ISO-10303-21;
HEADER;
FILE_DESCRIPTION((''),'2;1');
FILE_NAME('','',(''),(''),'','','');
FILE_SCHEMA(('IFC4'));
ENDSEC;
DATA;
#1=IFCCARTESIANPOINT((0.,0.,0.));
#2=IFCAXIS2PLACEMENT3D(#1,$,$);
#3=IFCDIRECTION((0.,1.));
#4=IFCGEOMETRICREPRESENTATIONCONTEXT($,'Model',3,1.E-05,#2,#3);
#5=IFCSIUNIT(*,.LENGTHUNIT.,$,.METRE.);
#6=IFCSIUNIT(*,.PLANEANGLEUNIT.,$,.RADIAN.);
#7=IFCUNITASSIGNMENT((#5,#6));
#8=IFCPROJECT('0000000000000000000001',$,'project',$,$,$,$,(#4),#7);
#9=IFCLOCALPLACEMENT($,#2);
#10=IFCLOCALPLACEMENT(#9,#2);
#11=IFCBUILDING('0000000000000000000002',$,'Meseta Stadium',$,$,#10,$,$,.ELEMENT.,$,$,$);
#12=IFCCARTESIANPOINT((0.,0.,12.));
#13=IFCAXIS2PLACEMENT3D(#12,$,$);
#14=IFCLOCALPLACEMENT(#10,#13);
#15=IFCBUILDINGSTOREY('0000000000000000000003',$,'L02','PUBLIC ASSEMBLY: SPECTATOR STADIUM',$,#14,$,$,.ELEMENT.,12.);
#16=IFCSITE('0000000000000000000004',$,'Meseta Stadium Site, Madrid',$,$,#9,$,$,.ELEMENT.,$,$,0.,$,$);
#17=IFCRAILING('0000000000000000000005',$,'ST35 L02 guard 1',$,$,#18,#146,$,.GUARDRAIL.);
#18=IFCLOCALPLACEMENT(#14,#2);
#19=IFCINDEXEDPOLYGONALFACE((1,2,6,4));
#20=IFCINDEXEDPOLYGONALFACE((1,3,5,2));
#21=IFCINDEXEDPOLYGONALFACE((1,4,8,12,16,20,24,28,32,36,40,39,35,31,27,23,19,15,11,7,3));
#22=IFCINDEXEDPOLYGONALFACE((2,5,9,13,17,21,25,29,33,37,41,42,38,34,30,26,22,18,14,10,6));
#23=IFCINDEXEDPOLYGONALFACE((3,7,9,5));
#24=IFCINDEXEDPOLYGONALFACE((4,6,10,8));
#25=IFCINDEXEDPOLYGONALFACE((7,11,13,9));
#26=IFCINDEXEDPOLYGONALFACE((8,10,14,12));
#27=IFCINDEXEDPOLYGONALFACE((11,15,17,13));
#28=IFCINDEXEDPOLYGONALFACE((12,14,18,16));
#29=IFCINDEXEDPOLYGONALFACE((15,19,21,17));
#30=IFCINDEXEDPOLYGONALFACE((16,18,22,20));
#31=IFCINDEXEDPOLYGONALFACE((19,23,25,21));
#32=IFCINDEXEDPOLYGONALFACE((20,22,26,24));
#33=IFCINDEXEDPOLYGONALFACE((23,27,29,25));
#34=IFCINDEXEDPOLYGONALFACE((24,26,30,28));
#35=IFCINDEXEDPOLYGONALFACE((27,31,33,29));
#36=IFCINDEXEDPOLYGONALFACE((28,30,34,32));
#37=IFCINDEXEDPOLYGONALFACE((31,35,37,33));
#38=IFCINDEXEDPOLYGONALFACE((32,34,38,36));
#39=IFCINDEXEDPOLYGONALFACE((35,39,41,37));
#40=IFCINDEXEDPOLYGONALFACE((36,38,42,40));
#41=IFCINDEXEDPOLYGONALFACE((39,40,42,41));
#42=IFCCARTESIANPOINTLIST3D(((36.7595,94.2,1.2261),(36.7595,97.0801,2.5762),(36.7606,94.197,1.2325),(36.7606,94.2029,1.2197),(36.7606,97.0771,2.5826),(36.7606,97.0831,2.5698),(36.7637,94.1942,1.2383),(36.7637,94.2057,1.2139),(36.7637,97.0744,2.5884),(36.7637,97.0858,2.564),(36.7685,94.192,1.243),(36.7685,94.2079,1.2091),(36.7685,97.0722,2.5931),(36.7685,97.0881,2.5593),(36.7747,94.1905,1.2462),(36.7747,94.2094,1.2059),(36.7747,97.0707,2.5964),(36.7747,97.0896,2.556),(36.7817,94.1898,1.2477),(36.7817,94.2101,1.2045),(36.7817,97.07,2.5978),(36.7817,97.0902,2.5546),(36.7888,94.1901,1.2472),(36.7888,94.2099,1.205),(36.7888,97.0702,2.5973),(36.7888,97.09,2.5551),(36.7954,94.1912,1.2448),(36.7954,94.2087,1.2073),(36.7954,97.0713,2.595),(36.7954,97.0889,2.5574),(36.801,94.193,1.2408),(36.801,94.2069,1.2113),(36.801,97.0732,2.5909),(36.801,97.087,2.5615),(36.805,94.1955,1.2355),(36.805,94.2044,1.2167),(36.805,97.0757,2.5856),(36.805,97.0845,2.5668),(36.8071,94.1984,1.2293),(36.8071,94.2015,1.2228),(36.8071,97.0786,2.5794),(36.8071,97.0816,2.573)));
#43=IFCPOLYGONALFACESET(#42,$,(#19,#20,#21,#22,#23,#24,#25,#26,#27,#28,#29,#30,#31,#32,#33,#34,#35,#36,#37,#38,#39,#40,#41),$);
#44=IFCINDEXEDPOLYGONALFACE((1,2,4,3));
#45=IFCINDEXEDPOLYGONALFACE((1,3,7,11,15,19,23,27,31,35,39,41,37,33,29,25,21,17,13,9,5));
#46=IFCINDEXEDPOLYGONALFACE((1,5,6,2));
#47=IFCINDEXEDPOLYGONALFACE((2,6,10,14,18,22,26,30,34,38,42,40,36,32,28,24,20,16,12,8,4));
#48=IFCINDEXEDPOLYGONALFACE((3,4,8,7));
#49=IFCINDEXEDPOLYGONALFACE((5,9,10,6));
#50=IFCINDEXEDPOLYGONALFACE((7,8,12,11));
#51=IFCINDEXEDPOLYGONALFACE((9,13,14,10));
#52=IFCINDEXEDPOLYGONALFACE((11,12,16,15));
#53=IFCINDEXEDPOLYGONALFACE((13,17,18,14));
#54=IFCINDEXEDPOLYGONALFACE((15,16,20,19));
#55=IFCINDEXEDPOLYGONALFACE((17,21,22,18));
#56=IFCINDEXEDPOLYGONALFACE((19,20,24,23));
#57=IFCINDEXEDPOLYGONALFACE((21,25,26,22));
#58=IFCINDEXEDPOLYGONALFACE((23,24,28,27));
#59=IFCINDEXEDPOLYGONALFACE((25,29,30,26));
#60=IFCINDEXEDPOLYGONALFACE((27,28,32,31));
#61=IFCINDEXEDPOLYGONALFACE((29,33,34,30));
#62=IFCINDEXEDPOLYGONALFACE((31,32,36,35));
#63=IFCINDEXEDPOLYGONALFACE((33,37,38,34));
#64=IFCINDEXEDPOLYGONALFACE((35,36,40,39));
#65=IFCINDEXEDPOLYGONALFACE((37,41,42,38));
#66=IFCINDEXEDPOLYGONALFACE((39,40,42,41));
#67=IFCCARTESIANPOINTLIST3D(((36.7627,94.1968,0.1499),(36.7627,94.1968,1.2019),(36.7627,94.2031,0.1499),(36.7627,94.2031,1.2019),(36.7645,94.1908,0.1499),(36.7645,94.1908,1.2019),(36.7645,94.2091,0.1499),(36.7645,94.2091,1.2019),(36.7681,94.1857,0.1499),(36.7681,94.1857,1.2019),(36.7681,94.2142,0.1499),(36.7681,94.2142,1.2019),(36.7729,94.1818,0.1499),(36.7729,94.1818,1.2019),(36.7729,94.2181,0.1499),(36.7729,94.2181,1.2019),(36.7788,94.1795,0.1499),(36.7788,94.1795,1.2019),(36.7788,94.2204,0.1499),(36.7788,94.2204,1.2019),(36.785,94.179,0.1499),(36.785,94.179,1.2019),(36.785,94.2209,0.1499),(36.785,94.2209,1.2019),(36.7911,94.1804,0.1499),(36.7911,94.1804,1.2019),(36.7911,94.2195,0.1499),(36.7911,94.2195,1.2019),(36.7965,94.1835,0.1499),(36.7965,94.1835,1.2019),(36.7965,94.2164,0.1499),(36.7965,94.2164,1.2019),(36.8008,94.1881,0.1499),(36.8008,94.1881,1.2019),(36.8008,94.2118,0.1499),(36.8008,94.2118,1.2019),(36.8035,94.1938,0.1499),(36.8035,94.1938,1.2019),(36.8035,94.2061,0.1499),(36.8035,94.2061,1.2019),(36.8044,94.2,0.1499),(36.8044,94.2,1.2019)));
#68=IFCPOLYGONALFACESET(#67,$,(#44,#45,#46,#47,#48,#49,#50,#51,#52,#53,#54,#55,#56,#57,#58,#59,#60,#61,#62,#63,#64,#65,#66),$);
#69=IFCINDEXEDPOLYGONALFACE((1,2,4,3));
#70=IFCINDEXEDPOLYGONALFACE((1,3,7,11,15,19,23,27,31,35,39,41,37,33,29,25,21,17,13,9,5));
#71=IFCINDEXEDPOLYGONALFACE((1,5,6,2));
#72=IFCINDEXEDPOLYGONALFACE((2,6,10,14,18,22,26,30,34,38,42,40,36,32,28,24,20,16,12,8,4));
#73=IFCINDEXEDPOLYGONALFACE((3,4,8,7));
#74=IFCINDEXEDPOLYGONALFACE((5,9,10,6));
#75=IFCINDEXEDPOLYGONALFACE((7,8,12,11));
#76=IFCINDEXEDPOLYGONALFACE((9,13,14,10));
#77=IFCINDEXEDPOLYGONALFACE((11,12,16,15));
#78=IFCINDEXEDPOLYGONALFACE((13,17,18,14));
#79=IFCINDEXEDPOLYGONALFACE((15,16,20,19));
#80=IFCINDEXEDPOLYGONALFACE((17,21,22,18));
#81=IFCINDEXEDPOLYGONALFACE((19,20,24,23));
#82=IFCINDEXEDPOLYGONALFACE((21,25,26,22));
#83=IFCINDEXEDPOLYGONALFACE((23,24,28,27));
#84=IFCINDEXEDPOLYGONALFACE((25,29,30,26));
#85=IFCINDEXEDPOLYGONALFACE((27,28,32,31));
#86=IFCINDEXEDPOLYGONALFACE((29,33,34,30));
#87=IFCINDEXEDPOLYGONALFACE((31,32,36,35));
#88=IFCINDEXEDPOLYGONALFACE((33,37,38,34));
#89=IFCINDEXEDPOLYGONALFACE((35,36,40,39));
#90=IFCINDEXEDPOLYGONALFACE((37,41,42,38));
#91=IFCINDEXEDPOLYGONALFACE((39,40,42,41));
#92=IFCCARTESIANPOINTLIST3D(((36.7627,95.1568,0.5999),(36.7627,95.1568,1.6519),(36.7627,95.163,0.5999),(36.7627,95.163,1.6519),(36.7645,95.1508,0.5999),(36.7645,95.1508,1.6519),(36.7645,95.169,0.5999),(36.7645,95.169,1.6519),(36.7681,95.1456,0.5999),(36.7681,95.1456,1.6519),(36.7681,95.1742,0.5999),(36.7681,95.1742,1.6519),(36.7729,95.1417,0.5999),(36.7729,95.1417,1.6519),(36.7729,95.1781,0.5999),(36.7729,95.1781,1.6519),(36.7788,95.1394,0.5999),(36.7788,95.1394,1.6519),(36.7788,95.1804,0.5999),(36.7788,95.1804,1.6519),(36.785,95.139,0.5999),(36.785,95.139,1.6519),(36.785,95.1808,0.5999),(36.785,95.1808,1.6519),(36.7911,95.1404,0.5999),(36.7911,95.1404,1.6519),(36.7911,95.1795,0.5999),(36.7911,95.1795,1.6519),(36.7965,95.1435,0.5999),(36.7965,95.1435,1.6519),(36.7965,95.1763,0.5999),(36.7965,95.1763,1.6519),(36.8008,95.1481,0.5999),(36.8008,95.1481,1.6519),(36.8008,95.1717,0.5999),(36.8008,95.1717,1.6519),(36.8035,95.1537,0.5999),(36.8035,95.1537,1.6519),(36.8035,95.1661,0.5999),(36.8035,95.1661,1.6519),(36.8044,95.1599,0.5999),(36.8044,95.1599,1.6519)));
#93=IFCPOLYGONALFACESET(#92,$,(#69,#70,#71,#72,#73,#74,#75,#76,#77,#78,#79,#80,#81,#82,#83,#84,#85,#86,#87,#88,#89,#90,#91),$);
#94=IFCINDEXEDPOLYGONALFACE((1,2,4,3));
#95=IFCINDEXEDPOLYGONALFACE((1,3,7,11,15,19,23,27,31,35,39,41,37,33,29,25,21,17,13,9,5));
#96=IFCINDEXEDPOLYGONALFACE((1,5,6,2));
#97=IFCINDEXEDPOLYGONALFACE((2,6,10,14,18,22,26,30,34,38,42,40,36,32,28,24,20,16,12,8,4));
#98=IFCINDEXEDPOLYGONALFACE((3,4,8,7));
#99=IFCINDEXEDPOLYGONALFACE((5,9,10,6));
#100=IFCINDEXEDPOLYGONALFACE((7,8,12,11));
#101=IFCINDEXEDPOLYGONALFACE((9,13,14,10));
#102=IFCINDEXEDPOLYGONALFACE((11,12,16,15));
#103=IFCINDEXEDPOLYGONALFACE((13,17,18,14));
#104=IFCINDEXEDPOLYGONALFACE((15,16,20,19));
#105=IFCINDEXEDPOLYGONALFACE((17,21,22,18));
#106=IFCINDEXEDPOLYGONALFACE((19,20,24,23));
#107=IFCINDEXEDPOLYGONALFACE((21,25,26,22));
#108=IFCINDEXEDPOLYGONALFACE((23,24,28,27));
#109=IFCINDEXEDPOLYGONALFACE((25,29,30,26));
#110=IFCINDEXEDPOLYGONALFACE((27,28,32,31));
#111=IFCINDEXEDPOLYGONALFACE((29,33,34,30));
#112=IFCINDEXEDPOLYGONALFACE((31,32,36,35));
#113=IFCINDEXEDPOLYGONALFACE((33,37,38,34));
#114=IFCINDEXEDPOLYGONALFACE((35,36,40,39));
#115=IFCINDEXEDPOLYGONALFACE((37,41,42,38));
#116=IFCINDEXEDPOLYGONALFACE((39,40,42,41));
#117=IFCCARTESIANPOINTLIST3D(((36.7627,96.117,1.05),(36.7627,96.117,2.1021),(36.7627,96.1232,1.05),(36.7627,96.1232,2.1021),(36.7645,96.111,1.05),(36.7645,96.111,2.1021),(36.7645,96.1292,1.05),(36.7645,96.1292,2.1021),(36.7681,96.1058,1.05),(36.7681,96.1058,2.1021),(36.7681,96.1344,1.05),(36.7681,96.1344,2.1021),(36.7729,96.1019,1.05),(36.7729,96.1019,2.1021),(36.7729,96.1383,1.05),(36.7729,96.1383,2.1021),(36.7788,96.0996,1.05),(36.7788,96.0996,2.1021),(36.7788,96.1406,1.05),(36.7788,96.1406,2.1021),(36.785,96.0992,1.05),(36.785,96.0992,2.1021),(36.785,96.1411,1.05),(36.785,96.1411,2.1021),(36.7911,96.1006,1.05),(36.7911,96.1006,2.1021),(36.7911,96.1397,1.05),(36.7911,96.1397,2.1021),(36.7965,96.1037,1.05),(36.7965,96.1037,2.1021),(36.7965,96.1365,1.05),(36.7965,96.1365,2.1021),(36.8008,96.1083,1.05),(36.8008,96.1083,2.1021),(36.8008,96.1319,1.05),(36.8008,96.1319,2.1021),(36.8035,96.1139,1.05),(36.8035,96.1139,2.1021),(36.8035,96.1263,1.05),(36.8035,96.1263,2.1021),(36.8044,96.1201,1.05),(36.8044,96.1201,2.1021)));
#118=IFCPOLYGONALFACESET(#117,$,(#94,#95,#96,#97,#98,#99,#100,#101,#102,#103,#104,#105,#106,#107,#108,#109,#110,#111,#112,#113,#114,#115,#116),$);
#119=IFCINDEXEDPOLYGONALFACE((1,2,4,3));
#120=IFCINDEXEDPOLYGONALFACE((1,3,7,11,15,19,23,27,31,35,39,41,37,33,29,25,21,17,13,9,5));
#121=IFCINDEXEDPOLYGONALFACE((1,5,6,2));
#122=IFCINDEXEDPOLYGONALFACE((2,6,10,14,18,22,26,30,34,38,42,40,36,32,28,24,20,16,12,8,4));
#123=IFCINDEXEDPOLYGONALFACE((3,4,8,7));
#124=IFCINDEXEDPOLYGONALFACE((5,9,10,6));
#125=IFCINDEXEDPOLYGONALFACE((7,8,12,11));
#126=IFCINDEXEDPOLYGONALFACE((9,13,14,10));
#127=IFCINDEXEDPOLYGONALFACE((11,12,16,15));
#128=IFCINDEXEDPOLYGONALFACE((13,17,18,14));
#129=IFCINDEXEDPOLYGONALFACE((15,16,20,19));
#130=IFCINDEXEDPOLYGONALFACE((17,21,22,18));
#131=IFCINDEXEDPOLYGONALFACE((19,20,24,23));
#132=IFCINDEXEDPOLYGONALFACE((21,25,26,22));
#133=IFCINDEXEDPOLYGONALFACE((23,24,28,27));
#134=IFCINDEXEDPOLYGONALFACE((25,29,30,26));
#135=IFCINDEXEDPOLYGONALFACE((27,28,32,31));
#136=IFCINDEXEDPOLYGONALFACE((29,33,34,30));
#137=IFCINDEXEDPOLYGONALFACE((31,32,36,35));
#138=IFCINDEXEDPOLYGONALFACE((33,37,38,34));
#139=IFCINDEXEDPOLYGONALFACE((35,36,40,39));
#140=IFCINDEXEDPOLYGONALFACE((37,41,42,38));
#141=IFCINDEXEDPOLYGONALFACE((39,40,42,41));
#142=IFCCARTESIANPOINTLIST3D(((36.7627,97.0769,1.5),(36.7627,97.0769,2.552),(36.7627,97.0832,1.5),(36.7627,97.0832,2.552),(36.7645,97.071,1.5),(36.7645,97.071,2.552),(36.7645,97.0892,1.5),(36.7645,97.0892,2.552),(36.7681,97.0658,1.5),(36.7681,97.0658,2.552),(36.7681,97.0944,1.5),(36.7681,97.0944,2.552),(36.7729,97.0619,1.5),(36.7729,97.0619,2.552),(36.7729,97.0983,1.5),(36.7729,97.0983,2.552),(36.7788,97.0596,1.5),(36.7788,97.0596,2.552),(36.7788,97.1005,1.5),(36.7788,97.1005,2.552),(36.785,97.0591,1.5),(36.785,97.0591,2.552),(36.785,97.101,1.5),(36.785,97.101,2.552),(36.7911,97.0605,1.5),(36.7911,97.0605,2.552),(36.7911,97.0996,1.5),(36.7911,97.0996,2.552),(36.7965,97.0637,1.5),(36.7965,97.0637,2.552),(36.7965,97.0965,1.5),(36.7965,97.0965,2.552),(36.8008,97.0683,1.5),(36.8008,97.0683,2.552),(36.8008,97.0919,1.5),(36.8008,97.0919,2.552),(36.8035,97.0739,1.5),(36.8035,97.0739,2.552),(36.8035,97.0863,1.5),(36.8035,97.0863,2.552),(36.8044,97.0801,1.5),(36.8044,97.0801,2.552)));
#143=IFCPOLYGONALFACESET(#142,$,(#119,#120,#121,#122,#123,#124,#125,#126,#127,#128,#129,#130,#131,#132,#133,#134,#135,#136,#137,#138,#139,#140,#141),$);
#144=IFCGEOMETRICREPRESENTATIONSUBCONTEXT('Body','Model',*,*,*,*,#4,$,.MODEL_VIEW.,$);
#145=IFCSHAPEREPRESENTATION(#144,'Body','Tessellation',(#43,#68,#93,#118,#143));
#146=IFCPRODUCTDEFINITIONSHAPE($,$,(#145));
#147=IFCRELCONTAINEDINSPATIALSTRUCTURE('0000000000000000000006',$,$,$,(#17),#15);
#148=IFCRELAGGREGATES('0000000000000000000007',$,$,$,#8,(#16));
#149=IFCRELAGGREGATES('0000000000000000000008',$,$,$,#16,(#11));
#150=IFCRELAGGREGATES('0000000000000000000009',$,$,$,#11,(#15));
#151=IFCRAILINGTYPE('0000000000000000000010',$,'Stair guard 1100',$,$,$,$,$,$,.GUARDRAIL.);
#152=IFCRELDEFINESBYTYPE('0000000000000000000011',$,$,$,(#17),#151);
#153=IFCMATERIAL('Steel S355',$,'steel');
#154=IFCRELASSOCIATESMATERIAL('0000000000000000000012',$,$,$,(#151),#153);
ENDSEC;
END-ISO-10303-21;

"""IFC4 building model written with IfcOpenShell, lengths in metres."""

from ifc_helpers import new_model, si_unit, direction, frame, origin, origin_2d, place, context, subcontext, project, spatial, circle, extrude, material, type_object, element, save


model = new_model("IFC4")

# Units and contexts
model_context = context("Model", 3, precision=1e-05, world=origin(), true_north=direction((0.0, 1.0)))
body_context = subcontext(model_context, "Body", "Model", "MODEL_VIEW")
ifc_project = project(units=[si_unit("LENGTHUNIT", "METRE"), si_unit("PLANEANGLEUNIT", "RADIAN")], contexts=[model_context])

# Site, building, storey
site_placement = place(None, origin())
site = spatial("IfcSite", under=ifc_project, at=site_placement, Name="Meseta Stadium Site, Madrid", CompositionType="ELEMENT", RefElevation=0.0)
building_placement = place(site_placement, origin())
building = spatial("IfcBuilding", under=site, at=building_placement, Name="Meseta Stadium", CompositionType="ELEMENT")
storey_placement = place(building_placement, frame((0.0, 0.0, 12.0)))
storey = spatial("IfcBuildingStorey", under=building, at=storey_placement, Name="L02", Description="PUBLIC ASSEMBLY: SPECTATOR STADIUM", CompositionType="ELEMENT", Elevation=12.0)

# Railing
ifc_material_1 = material(Name="Steel S355", Category="steel")
railing_type_1 = type_object("IfcRailingType", Name="Stair guard 1100", PredefinedType="GUARDRAIL", material=ifc_material_1)
railing_1_placement = place(storey_placement, frame((36.7834, 94.2, 0.1499)))
element("IfcRailing", 1, at=railing_1_placement, inside=storey, type_object=railing_type_1, Name="ST35 L02 guard 1", PredefinedType="GUARDRAIL", context=body_context, shape_type="SweptSolid", body=[
    extrude(circle(Radius=0.0239, at=origin_2d()), frame((0.0, 0.0, 1.0762), z_axis=(0.0, 0.905454, 0.424444), x_axis=(-1.0, 0.0, 0.0)), (0.0, 0.0, 1.0), 3.1809),
    extrude(circle(Radius=0.021, at=origin_2d()), origin(), (0.0, 0.0, 1.0), 1.052),
    extrude(circle(Radius=0.021, at=origin_2d()), frame((0.0, 0.96, 0.45)), (0.0, 0.0, 1.0), 1.052),
    extrude(circle(Radius=0.021, at=origin_2d()), frame((0.0, 1.9202, 0.9001)), (0.0, 0.0, 1.0), 1.052),
    extrude(circle(Radius=0.021, at=origin_2d()), frame((0.0, 2.8801, 1.3501)), (0.0, 0.0, 1.0), 1.052),
])

save(model, "model.ifc")
